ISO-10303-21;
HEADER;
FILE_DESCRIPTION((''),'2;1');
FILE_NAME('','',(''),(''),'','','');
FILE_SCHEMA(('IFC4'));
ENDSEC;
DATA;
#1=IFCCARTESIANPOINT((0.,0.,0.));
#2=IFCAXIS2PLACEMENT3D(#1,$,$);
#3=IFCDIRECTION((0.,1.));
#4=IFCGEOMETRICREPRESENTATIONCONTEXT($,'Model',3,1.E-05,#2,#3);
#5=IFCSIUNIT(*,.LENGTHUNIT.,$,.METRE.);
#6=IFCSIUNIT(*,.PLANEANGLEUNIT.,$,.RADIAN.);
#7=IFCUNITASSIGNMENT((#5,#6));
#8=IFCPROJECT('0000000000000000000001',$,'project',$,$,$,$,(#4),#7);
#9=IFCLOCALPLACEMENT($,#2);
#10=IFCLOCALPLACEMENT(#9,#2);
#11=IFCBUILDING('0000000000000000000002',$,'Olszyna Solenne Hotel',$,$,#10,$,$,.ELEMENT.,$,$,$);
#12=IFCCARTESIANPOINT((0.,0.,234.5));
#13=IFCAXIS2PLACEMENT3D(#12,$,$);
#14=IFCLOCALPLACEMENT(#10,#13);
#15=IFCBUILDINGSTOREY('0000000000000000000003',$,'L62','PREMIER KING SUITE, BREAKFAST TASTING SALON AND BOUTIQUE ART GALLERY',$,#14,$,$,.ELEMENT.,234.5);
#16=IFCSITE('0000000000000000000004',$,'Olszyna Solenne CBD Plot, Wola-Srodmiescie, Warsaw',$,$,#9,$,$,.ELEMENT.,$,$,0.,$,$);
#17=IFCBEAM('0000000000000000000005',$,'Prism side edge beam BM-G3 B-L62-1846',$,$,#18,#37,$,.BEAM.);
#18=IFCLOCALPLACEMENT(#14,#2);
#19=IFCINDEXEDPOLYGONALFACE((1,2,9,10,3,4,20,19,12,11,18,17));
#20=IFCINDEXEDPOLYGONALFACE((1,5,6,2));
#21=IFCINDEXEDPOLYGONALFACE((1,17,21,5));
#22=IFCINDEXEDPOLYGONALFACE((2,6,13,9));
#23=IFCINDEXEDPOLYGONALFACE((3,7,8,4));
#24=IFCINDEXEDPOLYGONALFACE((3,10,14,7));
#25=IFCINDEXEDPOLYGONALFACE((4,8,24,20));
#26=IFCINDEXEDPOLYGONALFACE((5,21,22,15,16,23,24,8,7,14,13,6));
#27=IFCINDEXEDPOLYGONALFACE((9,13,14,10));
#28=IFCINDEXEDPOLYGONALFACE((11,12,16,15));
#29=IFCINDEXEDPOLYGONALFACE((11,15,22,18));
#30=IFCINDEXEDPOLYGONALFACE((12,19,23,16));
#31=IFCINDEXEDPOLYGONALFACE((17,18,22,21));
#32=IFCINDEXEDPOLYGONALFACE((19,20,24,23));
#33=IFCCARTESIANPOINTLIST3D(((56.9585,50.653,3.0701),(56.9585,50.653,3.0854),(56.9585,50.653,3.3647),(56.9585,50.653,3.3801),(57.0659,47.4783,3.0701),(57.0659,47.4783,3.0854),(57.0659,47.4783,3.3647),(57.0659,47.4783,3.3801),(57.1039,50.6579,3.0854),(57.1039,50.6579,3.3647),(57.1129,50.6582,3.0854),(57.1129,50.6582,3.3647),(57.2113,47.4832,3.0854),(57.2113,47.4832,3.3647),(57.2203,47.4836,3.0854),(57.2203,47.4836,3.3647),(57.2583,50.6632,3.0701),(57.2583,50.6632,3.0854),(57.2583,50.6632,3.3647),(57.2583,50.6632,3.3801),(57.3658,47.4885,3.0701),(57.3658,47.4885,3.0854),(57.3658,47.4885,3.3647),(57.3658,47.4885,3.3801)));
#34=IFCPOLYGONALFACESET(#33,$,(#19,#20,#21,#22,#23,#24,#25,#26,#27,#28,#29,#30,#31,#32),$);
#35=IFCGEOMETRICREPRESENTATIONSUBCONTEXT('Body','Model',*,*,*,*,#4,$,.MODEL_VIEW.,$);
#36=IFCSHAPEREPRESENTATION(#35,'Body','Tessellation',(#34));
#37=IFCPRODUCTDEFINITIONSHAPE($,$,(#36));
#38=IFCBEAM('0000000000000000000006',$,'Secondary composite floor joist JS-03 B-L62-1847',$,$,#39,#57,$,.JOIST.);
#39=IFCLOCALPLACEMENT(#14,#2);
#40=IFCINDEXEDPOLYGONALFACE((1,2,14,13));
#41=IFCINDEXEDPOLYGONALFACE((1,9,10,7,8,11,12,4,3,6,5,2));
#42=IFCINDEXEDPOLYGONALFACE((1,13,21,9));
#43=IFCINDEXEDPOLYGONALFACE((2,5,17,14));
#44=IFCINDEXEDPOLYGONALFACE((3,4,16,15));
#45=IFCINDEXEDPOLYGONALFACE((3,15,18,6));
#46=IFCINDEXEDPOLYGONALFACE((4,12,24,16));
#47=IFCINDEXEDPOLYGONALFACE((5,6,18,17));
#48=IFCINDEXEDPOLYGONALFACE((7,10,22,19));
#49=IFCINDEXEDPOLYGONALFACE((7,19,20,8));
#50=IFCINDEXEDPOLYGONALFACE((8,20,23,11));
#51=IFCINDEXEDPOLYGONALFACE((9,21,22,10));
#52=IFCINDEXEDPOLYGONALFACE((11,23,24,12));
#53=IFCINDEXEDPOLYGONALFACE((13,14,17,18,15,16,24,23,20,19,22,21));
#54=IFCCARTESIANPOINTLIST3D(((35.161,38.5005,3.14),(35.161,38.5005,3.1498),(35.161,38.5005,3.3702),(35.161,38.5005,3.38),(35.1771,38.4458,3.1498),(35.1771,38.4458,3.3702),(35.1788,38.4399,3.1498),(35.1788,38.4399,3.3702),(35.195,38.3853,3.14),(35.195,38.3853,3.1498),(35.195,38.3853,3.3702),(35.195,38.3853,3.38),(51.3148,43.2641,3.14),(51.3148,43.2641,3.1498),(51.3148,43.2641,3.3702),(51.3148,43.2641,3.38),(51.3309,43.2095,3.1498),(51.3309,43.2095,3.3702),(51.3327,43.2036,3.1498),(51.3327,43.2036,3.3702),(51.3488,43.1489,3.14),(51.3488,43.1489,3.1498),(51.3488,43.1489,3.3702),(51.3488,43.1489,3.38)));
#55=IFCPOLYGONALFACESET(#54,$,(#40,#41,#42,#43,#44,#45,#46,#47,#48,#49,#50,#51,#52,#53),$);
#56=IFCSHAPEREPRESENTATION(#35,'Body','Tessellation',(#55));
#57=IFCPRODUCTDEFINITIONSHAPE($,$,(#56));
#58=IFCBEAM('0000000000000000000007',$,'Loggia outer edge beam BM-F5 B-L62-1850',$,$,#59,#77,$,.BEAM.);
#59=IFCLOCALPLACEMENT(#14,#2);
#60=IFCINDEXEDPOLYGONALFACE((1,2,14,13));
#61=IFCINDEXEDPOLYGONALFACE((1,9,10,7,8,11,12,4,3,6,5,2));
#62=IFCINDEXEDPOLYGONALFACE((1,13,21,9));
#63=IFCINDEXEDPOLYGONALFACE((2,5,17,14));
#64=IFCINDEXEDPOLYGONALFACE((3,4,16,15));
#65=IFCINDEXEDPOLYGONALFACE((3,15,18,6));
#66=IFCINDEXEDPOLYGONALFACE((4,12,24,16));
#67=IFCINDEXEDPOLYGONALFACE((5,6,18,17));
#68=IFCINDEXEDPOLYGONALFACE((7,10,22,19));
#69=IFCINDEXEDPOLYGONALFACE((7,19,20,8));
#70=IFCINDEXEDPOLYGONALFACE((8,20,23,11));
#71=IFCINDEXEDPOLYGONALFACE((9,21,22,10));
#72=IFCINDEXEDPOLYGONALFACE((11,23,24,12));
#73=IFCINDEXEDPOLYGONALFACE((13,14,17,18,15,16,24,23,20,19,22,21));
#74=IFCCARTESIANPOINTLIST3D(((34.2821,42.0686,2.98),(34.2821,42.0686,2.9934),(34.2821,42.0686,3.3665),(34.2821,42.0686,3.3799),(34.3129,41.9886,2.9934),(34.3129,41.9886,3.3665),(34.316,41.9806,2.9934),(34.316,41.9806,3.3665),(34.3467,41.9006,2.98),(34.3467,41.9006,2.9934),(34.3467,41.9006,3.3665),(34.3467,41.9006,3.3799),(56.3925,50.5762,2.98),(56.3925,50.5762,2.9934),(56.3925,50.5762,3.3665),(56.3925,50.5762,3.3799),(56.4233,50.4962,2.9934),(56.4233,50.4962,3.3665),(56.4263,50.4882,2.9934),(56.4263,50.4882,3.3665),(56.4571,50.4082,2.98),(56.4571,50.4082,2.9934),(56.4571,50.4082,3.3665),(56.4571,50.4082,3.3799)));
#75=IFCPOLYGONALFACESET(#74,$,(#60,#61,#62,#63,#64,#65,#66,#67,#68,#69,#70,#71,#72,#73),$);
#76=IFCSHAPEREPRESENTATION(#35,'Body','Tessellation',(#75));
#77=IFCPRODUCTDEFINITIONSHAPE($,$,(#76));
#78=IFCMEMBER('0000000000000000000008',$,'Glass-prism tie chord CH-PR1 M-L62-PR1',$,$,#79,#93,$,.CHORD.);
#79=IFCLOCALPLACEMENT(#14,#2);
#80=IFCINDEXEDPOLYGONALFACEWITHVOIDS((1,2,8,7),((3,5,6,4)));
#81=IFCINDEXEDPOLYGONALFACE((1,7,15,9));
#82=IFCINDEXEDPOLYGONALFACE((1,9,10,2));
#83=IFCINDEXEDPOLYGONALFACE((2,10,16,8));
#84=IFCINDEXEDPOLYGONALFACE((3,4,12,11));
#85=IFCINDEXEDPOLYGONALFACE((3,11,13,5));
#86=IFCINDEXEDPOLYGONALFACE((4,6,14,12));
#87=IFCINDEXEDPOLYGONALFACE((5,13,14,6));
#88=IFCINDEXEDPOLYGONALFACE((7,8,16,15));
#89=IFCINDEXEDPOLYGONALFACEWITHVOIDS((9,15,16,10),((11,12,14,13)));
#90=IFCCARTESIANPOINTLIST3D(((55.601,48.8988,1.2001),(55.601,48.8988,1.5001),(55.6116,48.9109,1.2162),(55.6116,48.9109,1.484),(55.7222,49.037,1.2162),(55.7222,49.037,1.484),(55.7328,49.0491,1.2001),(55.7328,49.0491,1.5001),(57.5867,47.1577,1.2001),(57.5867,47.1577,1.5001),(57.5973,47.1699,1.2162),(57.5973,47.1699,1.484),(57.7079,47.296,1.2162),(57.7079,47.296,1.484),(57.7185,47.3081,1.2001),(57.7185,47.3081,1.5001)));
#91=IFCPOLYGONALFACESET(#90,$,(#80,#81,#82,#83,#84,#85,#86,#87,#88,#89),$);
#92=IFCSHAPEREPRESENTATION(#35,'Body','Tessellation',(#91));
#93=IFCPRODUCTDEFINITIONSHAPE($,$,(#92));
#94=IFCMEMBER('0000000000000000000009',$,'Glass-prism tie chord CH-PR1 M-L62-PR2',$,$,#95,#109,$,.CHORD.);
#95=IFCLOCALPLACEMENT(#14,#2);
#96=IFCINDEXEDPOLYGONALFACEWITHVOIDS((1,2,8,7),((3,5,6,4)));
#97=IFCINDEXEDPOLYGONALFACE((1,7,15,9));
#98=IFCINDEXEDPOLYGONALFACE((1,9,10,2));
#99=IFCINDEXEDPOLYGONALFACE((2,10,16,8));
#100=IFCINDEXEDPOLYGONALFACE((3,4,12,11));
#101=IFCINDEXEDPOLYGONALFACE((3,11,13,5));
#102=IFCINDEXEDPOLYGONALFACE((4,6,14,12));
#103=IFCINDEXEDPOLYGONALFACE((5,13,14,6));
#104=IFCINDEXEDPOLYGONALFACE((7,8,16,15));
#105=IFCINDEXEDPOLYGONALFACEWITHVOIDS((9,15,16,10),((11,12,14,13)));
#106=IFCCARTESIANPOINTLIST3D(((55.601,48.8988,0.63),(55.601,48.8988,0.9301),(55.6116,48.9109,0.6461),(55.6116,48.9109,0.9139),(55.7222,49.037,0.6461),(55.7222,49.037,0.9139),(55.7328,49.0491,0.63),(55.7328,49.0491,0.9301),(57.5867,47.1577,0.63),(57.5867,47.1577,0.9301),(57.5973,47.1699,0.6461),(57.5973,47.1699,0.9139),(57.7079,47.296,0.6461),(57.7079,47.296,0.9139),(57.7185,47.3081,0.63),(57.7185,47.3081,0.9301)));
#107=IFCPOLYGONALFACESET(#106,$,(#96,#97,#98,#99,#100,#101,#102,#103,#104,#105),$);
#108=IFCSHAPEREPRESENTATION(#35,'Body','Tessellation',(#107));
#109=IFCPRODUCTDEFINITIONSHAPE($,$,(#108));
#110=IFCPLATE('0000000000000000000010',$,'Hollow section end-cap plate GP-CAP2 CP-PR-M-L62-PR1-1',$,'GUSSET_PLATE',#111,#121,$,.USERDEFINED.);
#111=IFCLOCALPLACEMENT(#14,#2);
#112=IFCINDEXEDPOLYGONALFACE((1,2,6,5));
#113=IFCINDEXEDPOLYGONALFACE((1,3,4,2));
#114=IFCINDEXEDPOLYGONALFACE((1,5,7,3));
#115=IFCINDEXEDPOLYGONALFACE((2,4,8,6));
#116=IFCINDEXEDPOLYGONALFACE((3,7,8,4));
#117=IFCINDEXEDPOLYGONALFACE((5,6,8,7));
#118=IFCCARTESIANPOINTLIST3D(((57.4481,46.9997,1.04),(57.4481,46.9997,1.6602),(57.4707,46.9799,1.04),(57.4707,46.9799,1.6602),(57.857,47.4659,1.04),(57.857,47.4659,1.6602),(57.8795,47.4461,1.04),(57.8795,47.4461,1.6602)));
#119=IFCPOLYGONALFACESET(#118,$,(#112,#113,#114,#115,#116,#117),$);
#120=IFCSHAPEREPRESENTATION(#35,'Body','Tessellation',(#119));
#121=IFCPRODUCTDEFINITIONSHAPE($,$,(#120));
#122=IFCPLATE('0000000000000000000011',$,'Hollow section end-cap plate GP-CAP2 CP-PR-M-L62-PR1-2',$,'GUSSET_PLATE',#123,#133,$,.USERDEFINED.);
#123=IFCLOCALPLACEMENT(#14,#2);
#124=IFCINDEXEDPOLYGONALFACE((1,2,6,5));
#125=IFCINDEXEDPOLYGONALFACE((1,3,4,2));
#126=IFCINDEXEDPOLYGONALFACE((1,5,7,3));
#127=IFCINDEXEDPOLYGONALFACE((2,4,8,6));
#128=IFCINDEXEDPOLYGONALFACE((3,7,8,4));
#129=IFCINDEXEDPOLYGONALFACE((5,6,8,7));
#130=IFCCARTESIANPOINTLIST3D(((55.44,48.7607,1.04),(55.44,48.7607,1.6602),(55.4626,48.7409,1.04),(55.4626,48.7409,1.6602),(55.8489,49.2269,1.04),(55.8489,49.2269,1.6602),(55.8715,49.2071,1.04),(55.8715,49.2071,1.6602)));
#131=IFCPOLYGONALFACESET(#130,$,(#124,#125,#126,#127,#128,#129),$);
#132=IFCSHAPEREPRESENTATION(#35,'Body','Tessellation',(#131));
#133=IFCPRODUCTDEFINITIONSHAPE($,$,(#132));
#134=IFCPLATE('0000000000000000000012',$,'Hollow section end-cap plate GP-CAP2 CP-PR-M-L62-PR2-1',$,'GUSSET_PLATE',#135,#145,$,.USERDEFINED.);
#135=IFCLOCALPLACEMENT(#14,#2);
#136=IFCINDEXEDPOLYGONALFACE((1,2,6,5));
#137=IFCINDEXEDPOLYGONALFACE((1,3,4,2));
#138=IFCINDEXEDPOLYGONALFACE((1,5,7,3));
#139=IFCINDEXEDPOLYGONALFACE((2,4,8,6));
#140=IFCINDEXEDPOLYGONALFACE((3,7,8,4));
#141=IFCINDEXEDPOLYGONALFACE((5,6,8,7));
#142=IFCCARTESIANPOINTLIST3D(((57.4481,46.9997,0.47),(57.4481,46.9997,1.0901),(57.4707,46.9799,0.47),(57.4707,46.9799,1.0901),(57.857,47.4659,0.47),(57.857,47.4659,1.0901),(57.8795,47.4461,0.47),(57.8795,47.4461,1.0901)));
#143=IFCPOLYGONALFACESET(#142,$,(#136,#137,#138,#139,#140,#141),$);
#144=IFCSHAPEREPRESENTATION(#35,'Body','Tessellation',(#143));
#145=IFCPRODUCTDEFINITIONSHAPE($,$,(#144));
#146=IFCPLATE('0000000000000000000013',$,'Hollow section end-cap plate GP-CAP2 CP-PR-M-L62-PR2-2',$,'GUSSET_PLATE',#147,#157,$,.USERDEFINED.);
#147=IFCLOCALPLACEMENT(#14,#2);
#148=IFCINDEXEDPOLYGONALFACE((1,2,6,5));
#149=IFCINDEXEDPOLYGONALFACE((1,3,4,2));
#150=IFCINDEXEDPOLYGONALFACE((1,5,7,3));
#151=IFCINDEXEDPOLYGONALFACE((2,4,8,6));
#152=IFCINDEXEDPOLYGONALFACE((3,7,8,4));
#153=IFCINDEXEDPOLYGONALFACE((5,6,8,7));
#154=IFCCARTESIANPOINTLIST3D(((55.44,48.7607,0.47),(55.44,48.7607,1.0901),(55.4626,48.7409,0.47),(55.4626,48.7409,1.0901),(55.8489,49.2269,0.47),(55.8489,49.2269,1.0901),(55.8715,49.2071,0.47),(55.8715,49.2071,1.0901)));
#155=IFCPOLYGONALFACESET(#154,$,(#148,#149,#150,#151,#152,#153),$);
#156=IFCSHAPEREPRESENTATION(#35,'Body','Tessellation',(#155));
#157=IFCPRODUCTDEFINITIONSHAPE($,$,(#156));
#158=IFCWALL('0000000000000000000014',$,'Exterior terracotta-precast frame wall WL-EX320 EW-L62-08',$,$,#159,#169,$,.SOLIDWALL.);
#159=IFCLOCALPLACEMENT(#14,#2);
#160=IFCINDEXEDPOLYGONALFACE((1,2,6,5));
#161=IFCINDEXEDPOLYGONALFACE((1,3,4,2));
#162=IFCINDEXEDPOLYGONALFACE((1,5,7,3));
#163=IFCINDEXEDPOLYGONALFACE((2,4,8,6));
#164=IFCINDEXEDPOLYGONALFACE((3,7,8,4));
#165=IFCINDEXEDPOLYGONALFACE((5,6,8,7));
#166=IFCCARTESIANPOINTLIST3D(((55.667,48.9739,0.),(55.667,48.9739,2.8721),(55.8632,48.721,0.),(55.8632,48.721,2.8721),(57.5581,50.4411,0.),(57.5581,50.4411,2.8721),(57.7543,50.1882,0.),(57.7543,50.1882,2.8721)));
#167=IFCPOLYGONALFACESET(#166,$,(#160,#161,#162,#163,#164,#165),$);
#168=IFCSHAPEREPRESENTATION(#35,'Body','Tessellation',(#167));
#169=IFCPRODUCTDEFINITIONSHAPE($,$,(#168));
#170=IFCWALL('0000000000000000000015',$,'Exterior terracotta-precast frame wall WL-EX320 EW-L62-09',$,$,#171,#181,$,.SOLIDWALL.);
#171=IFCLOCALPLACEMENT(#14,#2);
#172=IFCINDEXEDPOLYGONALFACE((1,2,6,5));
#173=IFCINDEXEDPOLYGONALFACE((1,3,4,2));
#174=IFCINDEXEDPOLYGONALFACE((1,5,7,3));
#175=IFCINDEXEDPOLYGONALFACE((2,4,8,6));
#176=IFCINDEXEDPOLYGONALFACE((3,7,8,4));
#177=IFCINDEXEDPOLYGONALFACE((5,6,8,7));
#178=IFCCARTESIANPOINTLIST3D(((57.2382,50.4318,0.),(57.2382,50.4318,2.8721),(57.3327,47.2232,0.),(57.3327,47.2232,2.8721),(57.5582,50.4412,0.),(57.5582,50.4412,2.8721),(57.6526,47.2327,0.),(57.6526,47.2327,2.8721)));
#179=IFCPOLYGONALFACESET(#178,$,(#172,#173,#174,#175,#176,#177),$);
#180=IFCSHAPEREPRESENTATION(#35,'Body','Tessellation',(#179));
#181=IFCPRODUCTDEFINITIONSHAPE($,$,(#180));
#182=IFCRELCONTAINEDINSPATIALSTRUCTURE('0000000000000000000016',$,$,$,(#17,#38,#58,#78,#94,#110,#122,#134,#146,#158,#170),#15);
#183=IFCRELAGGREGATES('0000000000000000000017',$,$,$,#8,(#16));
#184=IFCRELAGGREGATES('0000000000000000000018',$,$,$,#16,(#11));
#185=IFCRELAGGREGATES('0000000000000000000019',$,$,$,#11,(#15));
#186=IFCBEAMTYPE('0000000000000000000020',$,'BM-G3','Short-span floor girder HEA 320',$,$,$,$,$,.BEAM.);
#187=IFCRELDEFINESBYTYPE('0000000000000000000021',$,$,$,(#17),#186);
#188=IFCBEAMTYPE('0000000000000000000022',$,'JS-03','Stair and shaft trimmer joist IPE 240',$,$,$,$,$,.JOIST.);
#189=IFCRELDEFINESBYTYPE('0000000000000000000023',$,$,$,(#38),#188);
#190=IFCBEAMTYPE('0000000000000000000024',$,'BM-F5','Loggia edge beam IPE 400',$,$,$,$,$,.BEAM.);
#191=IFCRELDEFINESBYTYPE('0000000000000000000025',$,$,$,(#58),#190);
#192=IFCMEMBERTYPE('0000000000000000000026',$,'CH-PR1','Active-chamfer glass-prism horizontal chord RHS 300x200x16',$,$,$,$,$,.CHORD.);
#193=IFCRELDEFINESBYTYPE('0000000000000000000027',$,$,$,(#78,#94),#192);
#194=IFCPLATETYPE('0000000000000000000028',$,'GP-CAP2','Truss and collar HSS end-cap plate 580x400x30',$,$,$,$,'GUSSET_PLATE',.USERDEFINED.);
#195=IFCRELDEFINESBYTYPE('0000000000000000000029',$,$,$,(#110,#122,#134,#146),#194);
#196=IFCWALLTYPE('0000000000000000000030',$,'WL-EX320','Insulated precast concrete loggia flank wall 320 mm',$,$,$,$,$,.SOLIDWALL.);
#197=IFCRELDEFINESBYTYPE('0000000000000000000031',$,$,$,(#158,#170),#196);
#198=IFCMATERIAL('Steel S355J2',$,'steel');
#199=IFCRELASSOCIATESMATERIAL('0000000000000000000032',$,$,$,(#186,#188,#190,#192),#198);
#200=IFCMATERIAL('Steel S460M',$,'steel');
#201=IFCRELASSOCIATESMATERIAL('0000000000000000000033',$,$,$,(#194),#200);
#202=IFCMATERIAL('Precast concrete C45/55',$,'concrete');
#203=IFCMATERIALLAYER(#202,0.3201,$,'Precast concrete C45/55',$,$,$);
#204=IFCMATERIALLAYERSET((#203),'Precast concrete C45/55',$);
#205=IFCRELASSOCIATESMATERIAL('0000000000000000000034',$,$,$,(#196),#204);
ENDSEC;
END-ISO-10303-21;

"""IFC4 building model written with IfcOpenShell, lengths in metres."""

from ifc_helpers import new_model, si_unit, direction, frame, frame_2d, origin, origin_2d, place, context, subcontext, project, spatial, rectangle, hollow_rectangle, i_section, extrude, source, transform, mapped, material, layer, layer_set, material_profile, profile_set, type_object, element, save


model = new_model("IFC4")

# Units and contexts
model_context = context("Model", 3, precision=1e-05, world=origin(), true_north=direction((0.0, 1.0)))
body_context = subcontext(model_context, "Body", "Model", "MODEL_VIEW")
ifc_project = project(units=[si_unit("LENGTHUNIT", "METRE"), si_unit("PLANEANGLEUNIT", "RADIAN")], contexts=[model_context])

# Site, building, storey
site_placement = place(None, origin())
site = spatial("IfcSite", under=ifc_project, at=site_placement, Name="Olszyna Solenne CBD Plot, Wola-Srodmiescie, Warsaw", CompositionType="ELEMENT", RefElevation=0.0)
building_placement = place(site_placement, origin())
building = spatial("IfcBuilding", under=site, at=building_placement, Name="Olszyna Solenne Hotel", CompositionType="ELEMENT")
storey_placement = place(building_placement, frame((0.0, 0.0, 234.5)))
storey = spatial("IfcBuildingStorey", under=building, at=storey_placement, Name="L62", Description="PREMIER KING SUITE, BREAKFAST TASTING SALON AND BOUTIQUE ART GALLERY", CompositionType="ELEMENT", Elevation=234.5)

# Shared definitions
ifc_material_1 = material(Name="Steel S460M", Category="steel")

# Beams
ifc_material_2 = material(Name="Steel S355J2", Category="steel")
ifc_material_profile_1 = material_profile(ifc_material_2, i_section(OverallWidth=0.3, OverallDepth=0.3101, WebThickness=0.009, FlangeThickness=0.0154, at=origin_2d()), Name="HEA 320", Category="load-bearing")
ifc_profile_set_1 = profile_set([ifc_material_profile_1], Name="Steel S355J2")
beam_type_1 = type_object("IfcBeamType", Name="BM-G3", Description="Short-span floor girder HEA 320", PredefinedType="BEAM", material=ifc_profile_set_1)
shared_shape_1 = source(origin(), body_context, "Body", "SweptSolid", [
    extrude(i_section(OverallWidth=0.3, OverallDepth=0.3101, WebThickness=0.009, FlangeThickness=0.0154, at=origin_2d()), origin(), (0.0, 0.0, 1.0), 3.1765),
])
beam_1_placement = place(storey_placement, frame((57.2158, 47.4834, 3.2251), z_axis=(-0.033816, 0.999428, 0.0), x_axis=(-0.999428, -0.033816, 0.0)))
element("IfcBeam", 1, at=beam_1_placement, inside=storey, type_object=beam_type_1, Name="Prism side edge beam BM-G3 B-L62-1846", PredefinedType="BEAM", context=body_context, shape_type="MappedRepresentation", body=[
    mapped(shared_shape_1, transform((0.0, 0.0, 0.0), x_axis=(1.0, 0.0, 0.0), y_axis=(0.0, 1.0, 0.0), z_axis=(0.0, 0.0, 1.0), scale=1.0)),
])
ifc_material_profile_2 = material_profile(ifc_material_2, i_section(OverallWidth=0.1201, OverallDepth=0.24, WebThickness=0.0061, FlangeThickness=0.0098, at=origin_2d()), Name="IPE 240", Category="load-bearing")
ifc_profile_set_2 = profile_set([ifc_material_profile_2], Name="Steel S355J2")
beam_type_2 = type_object("IfcBeamType", Name="JS-03", Description="Stair and shaft trimmer joist IPE 240", PredefinedType="JOIST", material=ifc_profile_set_2)
shared_shape_2 = source(origin(), body_context, "Body", "SweptSolid", [
    extrude(i_section(OverallWidth=0.1201, OverallDepth=0.24, WebThickness=0.0061, FlangeThickness=0.0098, at=origin_2d()), origin(), (0.0, 0.0, 1.0), 16.8416),
])
beam_2_placement = place(storey_placement, frame((51.3318, 43.2065, 3.26), z_axis=(-0.959164, -0.282852, 0.0), x_axis=(0.282852, -0.959164, 0.0)))
element("IfcBeam", 2, at=beam_2_placement, inside=storey, type_object=beam_type_2, Name="Secondary composite floor joist JS-03 B-L62-1847", PredefinedType="JOIST", context=body_context, shape_type="MappedRepresentation", body=[
    mapped(shared_shape_2, transform((0.0, 0.0, 0.0), x_axis=(1.0, 0.0, 0.0), y_axis=(0.0, 1.0, 0.0), z_axis=(0.0, 0.0, 1.0), scale=1.0)),
])
ifc_material_profile_3 = material_profile(ifc_material_2, i_section(OverallWidth=0.1799, OverallDepth=0.3999, WebThickness=0.0085, FlangeThickness=0.0134, at=origin_2d()), Name="IPE 400", Category="load-bearing")
ifc_profile_set_3 = profile_set([ifc_material_profile_3], Name="Steel S355J2")
beam_type_3 = type_object("IfcBeamType", Name="BM-F5", Description="Loggia edge beam IPE 400", PredefinedType="BEAM", material=ifc_profile_set_3)
shared_shape_3 = source(origin(), body_context, "Body", "SweptSolid", [
    extrude(i_section(OverallWidth=0.1799, OverallDepth=0.3999, WebThickness=0.0085, FlangeThickness=0.0134, at=origin_2d()), origin(), (0.0, 0.0, 1.0), 23.6907),
])
beam_3_placement = place(storey_placement, frame((56.4248, 50.4922, 3.1799), z_axis=(-0.933295, -0.359111, 0.0), x_axis=(0.359111, -0.933295, 0.0)))
element("IfcBeam", 3, at=beam_3_placement, inside=storey, type_object=beam_type_3, Name="Loggia outer edge beam BM-F5 B-L62-1850", PredefinedType="BEAM", context=body_context, shape_type="MappedRepresentation", body=[
    mapped(shared_shape_3, transform((0.0, 0.0, 0.0), x_axis=(1.0, 0.0, 0.0), y_axis=(0.0, 1.0, 0.0), z_axis=(0.0, 0.0, 1.0), scale=1.0)),
])

# Members
ifc_material_profile_4 = material_profile(ifc_material_2, hollow_rectangle(XDim=0.2, YDim=0.3, WallThickness=0.0161, at=origin_2d()), Name="RHS 300x200x16", Category="load-bearing")
ifc_profile_set_4 = profile_set([ifc_material_profile_4], Name="Steel S355J2")
member_type = type_object("IfcMemberType", Name="CH-PR1", Description="Active-chamfer glass-prism horizontal chord RHS 300x200x16", PredefinedType="CHORD", material=ifc_profile_set_4)
shared_shape_4 = source(origin(), body_context, "Body", "SweptSolid", [
    extrude(hollow_rectangle(XDim=0.2, YDim=0.3, WallThickness=0.0161, at=origin_2d()), origin(), (0.0, 0.0, 1.0), 2.6409),
])
for number, where, z_axis, x_axis, name in (
    (4, (57.6526, 47.2329, 1.3501), (-0.751906, 0.65927, 0.0), (-0.65927, -0.751906, 0.0), "Glass-prism tie chord CH-PR1 M-L62-PR1"),
    (5, (57.6526, 47.2329, 0.78), (-0.751906, 0.65927, 0.0), (-0.65927, -0.751906, 0.0), "Glass-prism tie chord CH-PR1 M-L62-PR2"),
):
    element("IfcMember", number, at=place(storey_placement, frame(where, z_axis=z_axis, x_axis=x_axis)), inside=storey, type_object=member_type, Name=name, PredefinedType="CHORD", context=body_context, shape_type="MappedRepresentation", body=[
        mapped(shared_shape_4, transform((0.0, 0.0, 0.0), x_axis=(1.0, 0.0, 0.0), y_axis=(0.0, 1.0, 0.0), z_axis=(0.0, 0.0, 1.0), scale=1.0)),
    ])

# Plates
plate_type = type_object("IfcPlateType", Name="GP-CAP2", Description="Truss and collar HSS end-cap plate 580x400x30", ElementType="GUSSET_PLATE", PredefinedType="USERDEFINED", material=ifc_material_1)
shared_shape_5 = source(origin(), body_context, "Body", "SweptSolid", [
    extrude(rectangle(XDim=0.03, YDim=0.6201, at=origin_2d()), origin(), (0.0, 0.0, 1.0), 0.6201),
])
for number, where, z_axis, x_axis, name in (
    (6, (57.6638, 47.2229, 1.04), (0.0, 0.0, 1.0), (-0.75184, 0.659346, 0.0), "Hollow section end-cap plate GP-CAP2 CP-PR-M-L62-PR1-1"),
    (7, (55.6558, 48.9839, 1.04), (0.0, 0.0, 1.0), (-0.75184, 0.659346, 0.0), "Hollow section end-cap plate GP-CAP2 CP-PR-M-L62-PR1-2"),
    (8, (57.6638, 47.2229, 0.47), (0.0, 0.0, 1.0), (-0.75184, 0.659346, 0.0), "Hollow section end-cap plate GP-CAP2 CP-PR-M-L62-PR2-1"),
    (9, (55.6558, 48.9839, 0.47), (0.0, 0.0, 1.0), (-0.75184, 0.659346, 0.0), "Hollow section end-cap plate GP-CAP2 CP-PR-M-L62-PR2-2"),
):
    element("IfcPlate", number, at=place(storey_placement, frame(where, z_axis=z_axis, x_axis=x_axis)), inside=storey, type_object=plate_type, Name=name, ObjectType="GUSSET_PLATE", PredefinedType="USERDEFINED", context=body_context, shape_type="MappedRepresentation", body=[
        mapped(shared_shape_5, transform((0.0, 0.0, 0.0), x_axis=(1.0, 0.0, 0.0), y_axis=(0.0, 1.0, 0.0), z_axis=(0.0, 0.0, 1.0), scale=1.0)),
    ])

# Walls
ifc_material_3 = material(Name="Precast concrete C45/55", Category="concrete")
ifc_layer_1 = layer(ifc_material_3, 0.3201, Name="Precast concrete C45/55")
ifc_layer_set_1 = layer_set([ifc_layer_1], Name="Precast concrete C45/55")
wall_type_1 = type_object("IfcWallType", Name="WL-EX320", Description="Insulated precast concrete loggia flank wall 320 mm", PredefinedType="SOLIDWALL", material=ifc_layer_set_1)
wall_1_placement = place(storey_placement, frame((55.7651, 48.8474, 0.0), z_axis=(0.0, 0.0, 1.0), x_axis=(0.790077, 0.613008, 0.0)))
element("IfcWall", 10, at=wall_1_placement, inside=storey, type_object=wall_type_1, Name="Exterior terracotta-precast frame wall WL-EX320 EW-L62-08", PredefinedType="SOLIDWALL", context=body_context, shape_type="SweptSolid", body=[
    extrude(rectangle(XDim=2.3936, YDim=0.3201, at=frame_2d((1.1968, 0.0))), origin(), (0.0, 0.0, 1.0), 2.8721),
])
wall_2_placement = place(storey_placement, frame((57.3982, 50.4365, 0.0), z_axis=(0.0, 0.0, 1.0), x_axis=(0.029435, -0.999567, 0.0)))
element("IfcWall", 11, at=wall_2_placement, inside=storey, type_object=wall_type_1, Name="Exterior terracotta-precast frame wall WL-EX320 EW-L62-09", PredefinedType="SOLIDWALL", context=body_context, shape_type="SweptSolid", body=[
    extrude(rectangle(XDim=3.21, YDim=0.3201, at=frame_2d((1.605, 0.0))), origin(), (0.0, 0.0, 1.0), 2.8721),
])

save(model, "model.ifc")
